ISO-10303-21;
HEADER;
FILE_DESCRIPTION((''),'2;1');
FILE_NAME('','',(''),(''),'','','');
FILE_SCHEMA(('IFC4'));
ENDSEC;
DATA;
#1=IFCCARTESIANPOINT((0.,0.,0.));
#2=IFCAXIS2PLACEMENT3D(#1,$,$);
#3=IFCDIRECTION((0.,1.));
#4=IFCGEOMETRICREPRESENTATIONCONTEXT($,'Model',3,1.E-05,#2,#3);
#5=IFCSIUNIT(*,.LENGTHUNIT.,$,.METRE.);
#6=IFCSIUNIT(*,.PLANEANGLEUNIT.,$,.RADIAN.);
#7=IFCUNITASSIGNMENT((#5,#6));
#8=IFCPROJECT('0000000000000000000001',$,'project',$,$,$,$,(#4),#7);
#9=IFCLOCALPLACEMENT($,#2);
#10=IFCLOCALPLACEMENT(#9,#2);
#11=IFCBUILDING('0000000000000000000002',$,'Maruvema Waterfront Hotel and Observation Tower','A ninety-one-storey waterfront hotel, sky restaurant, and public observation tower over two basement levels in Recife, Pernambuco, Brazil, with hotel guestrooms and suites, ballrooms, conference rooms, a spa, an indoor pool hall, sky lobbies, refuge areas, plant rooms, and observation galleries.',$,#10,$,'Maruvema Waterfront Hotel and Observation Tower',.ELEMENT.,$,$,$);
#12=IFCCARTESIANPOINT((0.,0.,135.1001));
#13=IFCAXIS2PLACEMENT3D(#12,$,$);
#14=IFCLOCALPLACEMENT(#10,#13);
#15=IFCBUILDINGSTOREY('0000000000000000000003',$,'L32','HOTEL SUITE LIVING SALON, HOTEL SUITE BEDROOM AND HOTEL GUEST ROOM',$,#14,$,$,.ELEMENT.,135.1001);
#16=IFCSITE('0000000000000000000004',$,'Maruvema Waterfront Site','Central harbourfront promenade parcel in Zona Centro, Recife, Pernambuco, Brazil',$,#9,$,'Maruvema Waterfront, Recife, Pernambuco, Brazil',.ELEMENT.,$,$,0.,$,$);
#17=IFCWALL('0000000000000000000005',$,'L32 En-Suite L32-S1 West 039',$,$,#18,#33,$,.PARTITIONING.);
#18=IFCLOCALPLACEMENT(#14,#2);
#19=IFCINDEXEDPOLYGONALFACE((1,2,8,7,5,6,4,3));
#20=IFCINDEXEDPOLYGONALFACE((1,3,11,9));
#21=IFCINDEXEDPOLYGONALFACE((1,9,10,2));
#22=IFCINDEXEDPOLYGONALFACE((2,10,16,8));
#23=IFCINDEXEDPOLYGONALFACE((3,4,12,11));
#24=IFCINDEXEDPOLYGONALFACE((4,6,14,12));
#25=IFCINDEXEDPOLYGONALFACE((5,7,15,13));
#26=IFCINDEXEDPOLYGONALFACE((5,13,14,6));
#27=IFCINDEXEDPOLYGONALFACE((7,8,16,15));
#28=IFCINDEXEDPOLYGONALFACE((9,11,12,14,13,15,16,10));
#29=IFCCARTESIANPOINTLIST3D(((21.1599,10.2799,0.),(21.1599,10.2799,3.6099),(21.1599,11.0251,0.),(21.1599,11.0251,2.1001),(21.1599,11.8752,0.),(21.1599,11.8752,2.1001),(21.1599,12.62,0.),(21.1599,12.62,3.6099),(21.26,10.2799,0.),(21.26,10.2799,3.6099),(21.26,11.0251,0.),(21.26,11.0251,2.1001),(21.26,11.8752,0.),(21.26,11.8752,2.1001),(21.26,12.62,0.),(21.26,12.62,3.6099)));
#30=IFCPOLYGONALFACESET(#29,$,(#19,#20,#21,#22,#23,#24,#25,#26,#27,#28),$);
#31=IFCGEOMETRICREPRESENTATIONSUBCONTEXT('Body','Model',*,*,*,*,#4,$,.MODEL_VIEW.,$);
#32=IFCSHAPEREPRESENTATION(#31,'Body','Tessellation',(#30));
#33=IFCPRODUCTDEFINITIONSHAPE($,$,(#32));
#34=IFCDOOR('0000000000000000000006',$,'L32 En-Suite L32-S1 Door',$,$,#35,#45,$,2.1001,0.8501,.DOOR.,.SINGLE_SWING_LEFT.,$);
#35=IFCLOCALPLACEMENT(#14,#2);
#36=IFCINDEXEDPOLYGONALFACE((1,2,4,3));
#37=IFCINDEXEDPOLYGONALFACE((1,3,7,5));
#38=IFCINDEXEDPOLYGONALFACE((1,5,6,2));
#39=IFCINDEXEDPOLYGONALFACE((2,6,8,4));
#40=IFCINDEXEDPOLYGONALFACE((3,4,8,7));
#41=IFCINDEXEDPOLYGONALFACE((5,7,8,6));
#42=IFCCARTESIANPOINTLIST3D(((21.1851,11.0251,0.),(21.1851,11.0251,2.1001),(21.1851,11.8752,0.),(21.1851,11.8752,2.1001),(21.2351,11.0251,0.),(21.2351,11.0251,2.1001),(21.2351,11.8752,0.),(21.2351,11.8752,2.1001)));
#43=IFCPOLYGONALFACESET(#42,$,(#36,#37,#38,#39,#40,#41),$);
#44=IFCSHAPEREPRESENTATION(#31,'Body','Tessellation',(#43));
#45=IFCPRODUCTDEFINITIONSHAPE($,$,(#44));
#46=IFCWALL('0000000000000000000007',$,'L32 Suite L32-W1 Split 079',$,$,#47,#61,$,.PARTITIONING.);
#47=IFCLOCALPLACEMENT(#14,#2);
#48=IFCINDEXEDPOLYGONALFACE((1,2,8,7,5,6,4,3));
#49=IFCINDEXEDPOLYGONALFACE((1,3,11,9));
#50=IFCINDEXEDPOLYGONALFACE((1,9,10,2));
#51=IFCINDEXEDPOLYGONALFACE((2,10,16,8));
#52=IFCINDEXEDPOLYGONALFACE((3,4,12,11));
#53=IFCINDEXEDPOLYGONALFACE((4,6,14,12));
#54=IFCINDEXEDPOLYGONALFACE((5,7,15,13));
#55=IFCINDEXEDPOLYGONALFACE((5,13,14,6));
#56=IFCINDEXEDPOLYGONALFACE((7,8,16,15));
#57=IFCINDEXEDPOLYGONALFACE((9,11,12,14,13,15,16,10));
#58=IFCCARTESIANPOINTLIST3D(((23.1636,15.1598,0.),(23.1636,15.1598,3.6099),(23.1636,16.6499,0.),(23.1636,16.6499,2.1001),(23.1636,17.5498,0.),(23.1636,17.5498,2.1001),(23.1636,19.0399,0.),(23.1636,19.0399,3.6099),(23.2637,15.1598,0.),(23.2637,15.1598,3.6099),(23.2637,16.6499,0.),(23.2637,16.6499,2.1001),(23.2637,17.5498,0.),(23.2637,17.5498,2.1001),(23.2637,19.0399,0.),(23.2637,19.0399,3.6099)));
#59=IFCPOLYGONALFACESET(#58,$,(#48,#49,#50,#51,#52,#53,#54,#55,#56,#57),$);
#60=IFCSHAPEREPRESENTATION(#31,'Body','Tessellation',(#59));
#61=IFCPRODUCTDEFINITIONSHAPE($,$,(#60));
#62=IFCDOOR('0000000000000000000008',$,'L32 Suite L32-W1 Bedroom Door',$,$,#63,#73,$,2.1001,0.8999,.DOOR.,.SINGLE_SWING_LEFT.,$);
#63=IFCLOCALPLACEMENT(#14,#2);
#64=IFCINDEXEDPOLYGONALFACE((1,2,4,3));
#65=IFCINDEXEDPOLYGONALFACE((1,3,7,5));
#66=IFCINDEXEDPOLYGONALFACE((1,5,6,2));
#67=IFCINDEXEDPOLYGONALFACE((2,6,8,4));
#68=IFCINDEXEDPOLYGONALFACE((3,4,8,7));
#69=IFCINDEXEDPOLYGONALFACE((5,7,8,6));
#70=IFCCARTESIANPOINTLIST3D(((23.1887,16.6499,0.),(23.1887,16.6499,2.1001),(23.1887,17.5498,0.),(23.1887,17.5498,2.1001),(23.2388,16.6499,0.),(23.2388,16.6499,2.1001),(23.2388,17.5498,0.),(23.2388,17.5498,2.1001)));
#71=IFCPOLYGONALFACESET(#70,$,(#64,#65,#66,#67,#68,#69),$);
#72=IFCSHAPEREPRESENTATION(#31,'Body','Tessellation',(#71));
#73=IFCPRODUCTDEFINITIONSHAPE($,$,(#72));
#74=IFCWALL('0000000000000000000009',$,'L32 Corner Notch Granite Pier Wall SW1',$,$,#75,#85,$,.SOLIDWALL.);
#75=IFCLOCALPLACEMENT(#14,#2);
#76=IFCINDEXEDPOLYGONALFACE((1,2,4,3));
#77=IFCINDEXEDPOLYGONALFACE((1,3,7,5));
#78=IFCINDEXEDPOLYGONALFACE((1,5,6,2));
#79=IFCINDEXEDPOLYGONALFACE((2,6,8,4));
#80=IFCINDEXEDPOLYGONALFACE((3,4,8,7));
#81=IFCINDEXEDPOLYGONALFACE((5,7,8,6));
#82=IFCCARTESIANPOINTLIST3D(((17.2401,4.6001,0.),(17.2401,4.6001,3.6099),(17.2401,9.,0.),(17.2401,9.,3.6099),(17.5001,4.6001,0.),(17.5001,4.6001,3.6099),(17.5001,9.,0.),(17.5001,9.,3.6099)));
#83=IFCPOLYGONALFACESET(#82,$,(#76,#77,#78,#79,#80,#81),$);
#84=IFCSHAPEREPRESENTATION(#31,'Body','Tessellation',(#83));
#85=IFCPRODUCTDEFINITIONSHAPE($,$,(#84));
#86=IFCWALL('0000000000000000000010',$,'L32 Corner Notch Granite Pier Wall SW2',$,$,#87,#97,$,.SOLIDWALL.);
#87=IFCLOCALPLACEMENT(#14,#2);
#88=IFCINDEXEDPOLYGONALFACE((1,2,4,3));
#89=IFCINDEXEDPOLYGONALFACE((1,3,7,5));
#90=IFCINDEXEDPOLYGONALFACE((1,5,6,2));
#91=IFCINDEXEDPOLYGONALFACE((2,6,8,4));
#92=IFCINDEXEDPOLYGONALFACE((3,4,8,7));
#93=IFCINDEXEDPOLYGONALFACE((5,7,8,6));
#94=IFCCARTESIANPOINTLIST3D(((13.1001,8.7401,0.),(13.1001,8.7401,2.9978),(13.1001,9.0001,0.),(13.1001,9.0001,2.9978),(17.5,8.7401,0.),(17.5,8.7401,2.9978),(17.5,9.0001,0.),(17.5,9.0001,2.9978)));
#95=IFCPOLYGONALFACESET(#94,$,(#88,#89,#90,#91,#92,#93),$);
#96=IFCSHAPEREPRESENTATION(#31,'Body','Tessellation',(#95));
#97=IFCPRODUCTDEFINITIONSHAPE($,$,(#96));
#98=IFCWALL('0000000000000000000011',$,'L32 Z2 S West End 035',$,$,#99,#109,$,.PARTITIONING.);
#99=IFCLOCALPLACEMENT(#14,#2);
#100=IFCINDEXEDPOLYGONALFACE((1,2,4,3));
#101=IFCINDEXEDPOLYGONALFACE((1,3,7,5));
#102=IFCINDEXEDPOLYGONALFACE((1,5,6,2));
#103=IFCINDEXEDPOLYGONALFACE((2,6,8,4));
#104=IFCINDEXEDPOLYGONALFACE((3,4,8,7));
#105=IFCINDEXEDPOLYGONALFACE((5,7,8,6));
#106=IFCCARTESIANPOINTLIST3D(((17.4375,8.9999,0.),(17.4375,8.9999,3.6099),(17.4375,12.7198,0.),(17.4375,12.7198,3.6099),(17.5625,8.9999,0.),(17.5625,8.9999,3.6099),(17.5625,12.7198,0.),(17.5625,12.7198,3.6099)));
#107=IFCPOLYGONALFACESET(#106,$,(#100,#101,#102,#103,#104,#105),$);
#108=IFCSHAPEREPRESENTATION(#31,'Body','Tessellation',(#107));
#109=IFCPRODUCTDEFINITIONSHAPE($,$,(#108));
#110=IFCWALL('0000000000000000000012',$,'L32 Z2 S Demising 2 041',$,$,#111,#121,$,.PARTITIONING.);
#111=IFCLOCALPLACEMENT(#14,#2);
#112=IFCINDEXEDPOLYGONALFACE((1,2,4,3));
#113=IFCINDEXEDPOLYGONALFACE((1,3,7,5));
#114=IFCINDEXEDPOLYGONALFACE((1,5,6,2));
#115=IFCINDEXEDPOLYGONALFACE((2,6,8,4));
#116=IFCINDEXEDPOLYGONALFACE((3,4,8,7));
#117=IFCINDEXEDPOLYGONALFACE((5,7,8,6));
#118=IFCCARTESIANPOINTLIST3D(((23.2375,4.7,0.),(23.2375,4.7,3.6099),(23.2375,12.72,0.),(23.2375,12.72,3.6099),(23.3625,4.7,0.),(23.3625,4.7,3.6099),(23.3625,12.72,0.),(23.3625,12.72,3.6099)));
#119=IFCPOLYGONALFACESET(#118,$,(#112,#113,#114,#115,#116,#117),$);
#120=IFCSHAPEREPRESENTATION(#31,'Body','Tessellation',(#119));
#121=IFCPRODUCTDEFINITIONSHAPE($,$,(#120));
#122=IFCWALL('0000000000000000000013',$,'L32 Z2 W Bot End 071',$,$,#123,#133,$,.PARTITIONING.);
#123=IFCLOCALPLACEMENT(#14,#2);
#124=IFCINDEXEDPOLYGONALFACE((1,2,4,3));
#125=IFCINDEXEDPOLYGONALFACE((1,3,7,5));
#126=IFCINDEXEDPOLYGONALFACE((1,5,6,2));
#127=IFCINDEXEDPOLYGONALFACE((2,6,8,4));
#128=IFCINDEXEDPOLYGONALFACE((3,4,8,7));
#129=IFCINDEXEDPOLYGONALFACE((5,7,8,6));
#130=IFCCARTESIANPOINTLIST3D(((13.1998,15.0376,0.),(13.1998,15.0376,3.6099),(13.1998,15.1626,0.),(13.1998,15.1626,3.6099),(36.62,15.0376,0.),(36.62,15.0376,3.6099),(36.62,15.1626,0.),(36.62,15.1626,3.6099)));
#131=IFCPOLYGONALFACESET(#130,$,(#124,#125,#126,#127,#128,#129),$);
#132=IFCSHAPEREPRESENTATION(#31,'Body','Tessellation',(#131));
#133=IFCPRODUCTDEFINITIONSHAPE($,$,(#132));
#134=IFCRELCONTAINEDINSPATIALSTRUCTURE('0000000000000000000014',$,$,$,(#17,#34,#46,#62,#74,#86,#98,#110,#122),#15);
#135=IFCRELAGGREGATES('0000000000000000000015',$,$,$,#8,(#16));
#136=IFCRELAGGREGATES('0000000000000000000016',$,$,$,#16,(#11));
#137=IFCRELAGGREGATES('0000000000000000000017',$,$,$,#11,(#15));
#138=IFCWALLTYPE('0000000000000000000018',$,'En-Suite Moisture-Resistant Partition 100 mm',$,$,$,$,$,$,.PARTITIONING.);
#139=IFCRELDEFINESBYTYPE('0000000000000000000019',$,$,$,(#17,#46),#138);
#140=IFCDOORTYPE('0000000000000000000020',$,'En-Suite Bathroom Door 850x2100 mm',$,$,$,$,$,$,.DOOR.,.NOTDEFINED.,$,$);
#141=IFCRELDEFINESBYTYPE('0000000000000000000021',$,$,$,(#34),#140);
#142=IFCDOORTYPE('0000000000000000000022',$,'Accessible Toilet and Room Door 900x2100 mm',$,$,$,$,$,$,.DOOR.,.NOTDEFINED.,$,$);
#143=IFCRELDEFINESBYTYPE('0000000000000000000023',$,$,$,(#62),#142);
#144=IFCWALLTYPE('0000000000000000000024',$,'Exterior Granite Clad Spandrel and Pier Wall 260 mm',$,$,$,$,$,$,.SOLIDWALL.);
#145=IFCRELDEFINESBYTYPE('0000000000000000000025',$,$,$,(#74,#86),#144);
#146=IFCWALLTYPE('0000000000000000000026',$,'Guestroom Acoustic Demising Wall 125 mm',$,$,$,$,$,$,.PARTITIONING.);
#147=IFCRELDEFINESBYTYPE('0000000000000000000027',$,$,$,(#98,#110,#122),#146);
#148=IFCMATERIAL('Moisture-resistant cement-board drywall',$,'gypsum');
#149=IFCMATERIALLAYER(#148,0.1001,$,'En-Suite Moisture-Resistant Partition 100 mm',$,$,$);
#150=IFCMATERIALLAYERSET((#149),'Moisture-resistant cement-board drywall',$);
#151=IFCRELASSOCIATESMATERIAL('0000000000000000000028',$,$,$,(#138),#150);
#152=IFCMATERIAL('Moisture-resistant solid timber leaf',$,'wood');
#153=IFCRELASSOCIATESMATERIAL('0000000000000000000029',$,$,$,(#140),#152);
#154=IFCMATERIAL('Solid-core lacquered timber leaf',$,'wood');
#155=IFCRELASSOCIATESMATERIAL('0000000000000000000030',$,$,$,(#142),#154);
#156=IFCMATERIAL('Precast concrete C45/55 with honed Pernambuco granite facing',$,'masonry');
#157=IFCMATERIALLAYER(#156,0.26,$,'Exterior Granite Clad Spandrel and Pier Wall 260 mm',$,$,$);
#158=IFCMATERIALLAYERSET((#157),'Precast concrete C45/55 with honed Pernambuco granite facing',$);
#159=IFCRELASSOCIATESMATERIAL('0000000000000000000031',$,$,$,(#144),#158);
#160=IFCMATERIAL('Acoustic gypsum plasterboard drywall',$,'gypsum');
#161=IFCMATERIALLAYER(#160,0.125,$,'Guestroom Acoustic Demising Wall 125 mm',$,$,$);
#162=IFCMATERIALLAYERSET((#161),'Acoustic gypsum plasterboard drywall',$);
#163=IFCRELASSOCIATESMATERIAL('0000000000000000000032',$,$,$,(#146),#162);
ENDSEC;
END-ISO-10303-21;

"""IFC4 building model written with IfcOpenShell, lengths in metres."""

from ifc_helpers import new_model, si_unit, direction, frame, frame_2d, origin, place, context, subcontext, project, spatial, rectangle, extrude, material, layer, layer_set, type_object, element, fill, save


model = new_model("IFC4")

# Units and contexts
model_context = context("Model", 3, precision=1e-05, world=origin(), true_north=direction((0.0, 1.0)))
body_context = subcontext(model_context, "Body", "Model", "MODEL_VIEW")
ifc_project = project(units=[si_unit("LENGTHUNIT", "METRE"), si_unit("PLANEANGLEUNIT", "RADIAN")], contexts=[model_context])

# Site, building, storey
site_placement = place(None, origin())
site = spatial("IfcSite", under=ifc_project, at=site_placement, Name="Maruvema Waterfront Site", Description="Central harbourfront promenade parcel in Zona Centro, Recife, Pernambuco, Brazil", LongName="Maruvema Waterfront, Recife, Pernambuco, Brazil", CompositionType="ELEMENT", RefElevation=0.0)
building_placement = place(site_placement, origin())
building = spatial("IfcBuilding", under=site, at=building_placement, Name="Maruvema Waterfront Hotel and Observation Tower", Description="A ninety-one-storey waterfront hotel, sky restaurant, and public observation tower over two basement levels in Recife, Pernambuco, Brazil, with hotel guestrooms and suites, ballrooms, conference rooms, a spa, an indoor pool hall, sky lobbies, refuge areas, plant rooms, and observation galleries.", LongName="Maruvema Waterfront Hotel and Observation Tower", CompositionType="ELEMENT")
storey_placement = place(building_placement, frame((0.0, 0.0, 135.1001)))
storey = spatial("IfcBuildingStorey", under=building, at=storey_placement, Name="L32", Description="HOTEL SUITE LIVING SALON, HOTEL SUITE BEDROOM AND HOTEL GUEST ROOM", CompositionType="ELEMENT", Elevation=135.1001)

# Shared definitions
ifc_material_1 = material(Name="Moisture-resistant cement-board drywall", Category="gypsum")
ifc_layer_1 = layer(ifc_material_1, 0.1001, Name="En-Suite Moisture-Resistant Partition 100 mm")
ifc_layer_set_1 = layer_set([ifc_layer_1], Name="Moisture-resistant cement-board drywall")
wall_type_1 = type_object("IfcWallType", Name="En-Suite Moisture-Resistant Partition 100 mm", PredefinedType="PARTITIONING", material=ifc_layer_set_1)

# Walls, openings, doors
wall_1_placement = place(storey_placement, frame((21.21, 10.28, 0.0), z_axis=(0.0, 0.0, 1.0), x_axis=(0.0, 1.0, 0.0)))
wall_1 = element("IfcWall", 1, at=wall_1_placement, inside=storey, type_object=wall_type_1, Name="L32 En-Suite L32-S1 West 039", PredefinedType="PARTITIONING", context=body_context, shape_type="SweptSolid", body=[
    extrude(rectangle(XDim=2.3401, YDim=0.1001, at=frame_2d((1.1699, 0.0))), origin(), (0.0, 0.0, 1.0), 3.6099),
])
opening_1_placement = place(wall_1_placement, frame((0.7451, 0.0, 0.0)))
opening_1 = element("IfcOpeningElement", 2, at=opening_1_placement, cuts=wall_1, PredefinedType="OPENING", context=body_context, shape_type="SweptSolid", body=[
    extrude(rectangle(XDim=0.8501, YDim=2.1001, at=frame_2d((0.425, 1.05))), frame((0.0, 0.0601, 0.0), z_axis=(0.0, -1.0, 0.0), x_axis=(1.0, 0.0, 0.0)), (0.0, 0.0, 1.0), 0.1201),
])
ifc_material_2 = material(Name="Moisture-resistant solid timber leaf", Category="wood")
door_type_1 = type_object("IfcDoorType", Name="En-Suite Bathroom Door 850x2100 mm", OperationType="NOTDEFINED", PredefinedType="DOOR", material=ifc_material_2)
door_1_placement = place(opening_1_placement, origin())
door_1 = element("IfcDoor", 3, at=door_1_placement, inside=storey, type_object=door_type_1, Name="L32 En-Suite L32-S1 Door", OperationType="SINGLE_SWING_LEFT", OverallHeight=2.1001, OverallWidth=0.8501, PredefinedType="DOOR", context=body_context, shape_type="SweptSolid", body=[
    extrude(rectangle(XDim=0.8501, YDim=2.1001, at=frame_2d((0.425, 1.05))), frame((0.0, 0.0249, 0.0), z_axis=(0.0, -1.0, 0.0), x_axis=(1.0, 0.0, 0.0)), (0.0, 0.0, 1.0), 0.05),
])
fill(opening_1, door_1)
wall_2_placement = place(storey_placement, frame((23.2136, 15.1599, 0.0), z_axis=(0.0, 0.0, 1.0), x_axis=(0.0, 1.0, 0.0)))
wall_2 = element("IfcWall", 4, at=wall_2_placement, inside=storey, type_object=wall_type_1, Name="L32 Suite L32-W1 Split 079", PredefinedType="PARTITIONING", context=body_context, shape_type="SweptSolid", body=[
    extrude(rectangle(XDim=3.8801, YDim=0.1001, at=frame_2d((1.9399, 0.0))), origin(), (0.0, 0.0, 1.0), 3.6099),
])
opening_2_placement = place(wall_2_placement, frame((1.49, 0.0, 0.0)))
opening_2 = element("IfcOpeningElement", 5, at=opening_2_placement, cuts=wall_2, PredefinedType="OPENING", context=body_context, shape_type="SweptSolid", body=[
    extrude(rectangle(XDim=0.8999, YDim=2.1001, at=frame_2d((0.45, 1.05))), frame((0.0, 0.0601, 0.0), z_axis=(0.0, -1.0, 0.0), x_axis=(1.0, 0.0, 0.0)), (0.0, 0.0, 1.0), 0.1201),
])
ifc_material_3 = material(Name="Solid-core lacquered timber leaf", Category="wood")
door_type_2 = type_object("IfcDoorType", Name="Accessible Toilet and Room Door 900x2100 mm", OperationType="NOTDEFINED", PredefinedType="DOOR", material=ifc_material_3)
door_2_placement = place(opening_2_placement, origin())
door_2 = element("IfcDoor", 6, at=door_2_placement, inside=storey, type_object=door_type_2, Name="L32 Suite L32-W1 Bedroom Door", OperationType="SINGLE_SWING_LEFT", OverallHeight=2.1001, OverallWidth=0.8999, PredefinedType="DOOR", context=body_context, shape_type="SweptSolid", body=[
    extrude(rectangle(XDim=0.8999, YDim=2.1001, at=frame_2d((0.45, 1.05))), frame((0.0, 0.0249, 0.0), z_axis=(0.0, -1.0, 0.0), x_axis=(1.0, 0.0, 0.0)), (0.0, 0.0, 1.0), 0.05),
])
fill(opening_2, door_2)

# Walls
ifc_material_4 = material(Name="Precast concrete C45/55 with honed Pernambuco granite facing", Category="masonry")
ifc_layer_2 = layer(ifc_material_4, 0.26, Name="Exterior Granite Clad Spandrel and Pier Wall 260 mm")
ifc_layer_set_2 = layer_set([ifc_layer_2], Name="Precast concrete C45/55 with honed Pernambuco granite facing")
wall_type_2 = type_object("IfcWallType", Name="Exterior Granite Clad Spandrel and Pier Wall 260 mm", PredefinedType="SOLIDWALL", material=ifc_layer_set_2)
wall_3_placement = place(storey_placement, frame((17.3701, 4.6001, 0.0), z_axis=(0.0, 0.0, 1.0), x_axis=(0.0, 1.0, 0.0)))
element("IfcWall", 7, at=wall_3_placement, inside=storey, type_object=wall_type_2, Name="L32 Corner Notch Granite Pier Wall SW1", PredefinedType="SOLIDWALL", context=body_context, shape_type="SweptSolid", body=[
    extrude(rectangle(XDim=4.3999, YDim=0.26, at=frame_2d((2.2, 0.0))), origin(), (0.0, 0.0, 1.0), 3.6099),
])
wall_4_placement = place(storey_placement, frame((17.5, 8.8701, 0.0), z_axis=(0.0, 0.0, 1.0), x_axis=(-1.0, 0.0, 0.0)))
element("IfcWall", 8, at=wall_4_placement, inside=storey, type_object=wall_type_2, Name="L32 Corner Notch Granite Pier Wall SW2", PredefinedType="SOLIDWALL", context=body_context, shape_type="SweptSolid", body=[
    extrude(rectangle(XDim=4.3999, YDim=0.26, at=frame_2d((2.2, 0.0))), origin(), (0.0, 0.0, 1.0), 2.9978),
])
ifc_material_5 = material(Name="Acoustic gypsum plasterboard drywall", Category="gypsum")
ifc_layer_3 = layer(ifc_material_5, 0.125, Name="Guestroom Acoustic Demising Wall 125 mm")
ifc_layer_set_3 = layer_set([ifc_layer_3], Name="Acoustic gypsum plasterboard drywall")
wall_type_3 = type_object("IfcWallType", Name="Guestroom Acoustic Demising Wall 125 mm", PredefinedType="PARTITIONING", material=ifc_layer_set_3)
wall_5_placement = place(storey_placement, frame((17.5, 9.0, 0.0), z_axis=(0.0, 0.0, 1.0), x_axis=(0.0, 1.0, 0.0)))
element("IfcWall", 9, at=wall_5_placement, inside=storey, type_object=wall_type_3, Name="L32 Z2 S West End 035", PredefinedType="PARTITIONING", context=body_context, shape_type="SweptSolid", body=[
    extrude(rectangle(XDim=3.72, YDim=0.125, at=frame_2d((1.8599, 0.0))), origin(), (0.0, 0.0, 1.0), 3.6099),
])
wall_6_placement = place(storey_placement, frame((23.3, 4.7, 0.0), z_axis=(0.0, 0.0, 1.0), x_axis=(0.0, 1.0, 0.0)))
element("IfcWall", 10, at=wall_6_placement, inside=storey, type_object=wall_type_3, Name="L32 Z2 S Demising 2 041", PredefinedType="PARTITIONING", context=body_context, shape_type="SweptSolid", body=[
    extrude(rectangle(XDim=8.02, YDim=0.125, at=frame_2d((4.01, 0.0))), origin(), (0.0, 0.0, 1.0), 3.6099),
])
wall_7_placement = place(storey_placement, frame((13.2, 15.1001, 0.0), z_axis=(0.0, 0.0, 1.0), x_axis=(1.0, 0.0, 0.0)))
element("IfcWall", 11, at=wall_7_placement, inside=storey, type_object=wall_type_3, Name="L32 Z2 W Bot End 071", PredefinedType="PARTITIONING", context=body_context, shape_type="SweptSolid", body=[
    extrude(rectangle(XDim=23.4202, YDim=0.125, at=frame_2d((11.71, 0.0))), origin(), (0.0, 0.0, 1.0), 3.6099),
])

save(model, "model.ifc")
